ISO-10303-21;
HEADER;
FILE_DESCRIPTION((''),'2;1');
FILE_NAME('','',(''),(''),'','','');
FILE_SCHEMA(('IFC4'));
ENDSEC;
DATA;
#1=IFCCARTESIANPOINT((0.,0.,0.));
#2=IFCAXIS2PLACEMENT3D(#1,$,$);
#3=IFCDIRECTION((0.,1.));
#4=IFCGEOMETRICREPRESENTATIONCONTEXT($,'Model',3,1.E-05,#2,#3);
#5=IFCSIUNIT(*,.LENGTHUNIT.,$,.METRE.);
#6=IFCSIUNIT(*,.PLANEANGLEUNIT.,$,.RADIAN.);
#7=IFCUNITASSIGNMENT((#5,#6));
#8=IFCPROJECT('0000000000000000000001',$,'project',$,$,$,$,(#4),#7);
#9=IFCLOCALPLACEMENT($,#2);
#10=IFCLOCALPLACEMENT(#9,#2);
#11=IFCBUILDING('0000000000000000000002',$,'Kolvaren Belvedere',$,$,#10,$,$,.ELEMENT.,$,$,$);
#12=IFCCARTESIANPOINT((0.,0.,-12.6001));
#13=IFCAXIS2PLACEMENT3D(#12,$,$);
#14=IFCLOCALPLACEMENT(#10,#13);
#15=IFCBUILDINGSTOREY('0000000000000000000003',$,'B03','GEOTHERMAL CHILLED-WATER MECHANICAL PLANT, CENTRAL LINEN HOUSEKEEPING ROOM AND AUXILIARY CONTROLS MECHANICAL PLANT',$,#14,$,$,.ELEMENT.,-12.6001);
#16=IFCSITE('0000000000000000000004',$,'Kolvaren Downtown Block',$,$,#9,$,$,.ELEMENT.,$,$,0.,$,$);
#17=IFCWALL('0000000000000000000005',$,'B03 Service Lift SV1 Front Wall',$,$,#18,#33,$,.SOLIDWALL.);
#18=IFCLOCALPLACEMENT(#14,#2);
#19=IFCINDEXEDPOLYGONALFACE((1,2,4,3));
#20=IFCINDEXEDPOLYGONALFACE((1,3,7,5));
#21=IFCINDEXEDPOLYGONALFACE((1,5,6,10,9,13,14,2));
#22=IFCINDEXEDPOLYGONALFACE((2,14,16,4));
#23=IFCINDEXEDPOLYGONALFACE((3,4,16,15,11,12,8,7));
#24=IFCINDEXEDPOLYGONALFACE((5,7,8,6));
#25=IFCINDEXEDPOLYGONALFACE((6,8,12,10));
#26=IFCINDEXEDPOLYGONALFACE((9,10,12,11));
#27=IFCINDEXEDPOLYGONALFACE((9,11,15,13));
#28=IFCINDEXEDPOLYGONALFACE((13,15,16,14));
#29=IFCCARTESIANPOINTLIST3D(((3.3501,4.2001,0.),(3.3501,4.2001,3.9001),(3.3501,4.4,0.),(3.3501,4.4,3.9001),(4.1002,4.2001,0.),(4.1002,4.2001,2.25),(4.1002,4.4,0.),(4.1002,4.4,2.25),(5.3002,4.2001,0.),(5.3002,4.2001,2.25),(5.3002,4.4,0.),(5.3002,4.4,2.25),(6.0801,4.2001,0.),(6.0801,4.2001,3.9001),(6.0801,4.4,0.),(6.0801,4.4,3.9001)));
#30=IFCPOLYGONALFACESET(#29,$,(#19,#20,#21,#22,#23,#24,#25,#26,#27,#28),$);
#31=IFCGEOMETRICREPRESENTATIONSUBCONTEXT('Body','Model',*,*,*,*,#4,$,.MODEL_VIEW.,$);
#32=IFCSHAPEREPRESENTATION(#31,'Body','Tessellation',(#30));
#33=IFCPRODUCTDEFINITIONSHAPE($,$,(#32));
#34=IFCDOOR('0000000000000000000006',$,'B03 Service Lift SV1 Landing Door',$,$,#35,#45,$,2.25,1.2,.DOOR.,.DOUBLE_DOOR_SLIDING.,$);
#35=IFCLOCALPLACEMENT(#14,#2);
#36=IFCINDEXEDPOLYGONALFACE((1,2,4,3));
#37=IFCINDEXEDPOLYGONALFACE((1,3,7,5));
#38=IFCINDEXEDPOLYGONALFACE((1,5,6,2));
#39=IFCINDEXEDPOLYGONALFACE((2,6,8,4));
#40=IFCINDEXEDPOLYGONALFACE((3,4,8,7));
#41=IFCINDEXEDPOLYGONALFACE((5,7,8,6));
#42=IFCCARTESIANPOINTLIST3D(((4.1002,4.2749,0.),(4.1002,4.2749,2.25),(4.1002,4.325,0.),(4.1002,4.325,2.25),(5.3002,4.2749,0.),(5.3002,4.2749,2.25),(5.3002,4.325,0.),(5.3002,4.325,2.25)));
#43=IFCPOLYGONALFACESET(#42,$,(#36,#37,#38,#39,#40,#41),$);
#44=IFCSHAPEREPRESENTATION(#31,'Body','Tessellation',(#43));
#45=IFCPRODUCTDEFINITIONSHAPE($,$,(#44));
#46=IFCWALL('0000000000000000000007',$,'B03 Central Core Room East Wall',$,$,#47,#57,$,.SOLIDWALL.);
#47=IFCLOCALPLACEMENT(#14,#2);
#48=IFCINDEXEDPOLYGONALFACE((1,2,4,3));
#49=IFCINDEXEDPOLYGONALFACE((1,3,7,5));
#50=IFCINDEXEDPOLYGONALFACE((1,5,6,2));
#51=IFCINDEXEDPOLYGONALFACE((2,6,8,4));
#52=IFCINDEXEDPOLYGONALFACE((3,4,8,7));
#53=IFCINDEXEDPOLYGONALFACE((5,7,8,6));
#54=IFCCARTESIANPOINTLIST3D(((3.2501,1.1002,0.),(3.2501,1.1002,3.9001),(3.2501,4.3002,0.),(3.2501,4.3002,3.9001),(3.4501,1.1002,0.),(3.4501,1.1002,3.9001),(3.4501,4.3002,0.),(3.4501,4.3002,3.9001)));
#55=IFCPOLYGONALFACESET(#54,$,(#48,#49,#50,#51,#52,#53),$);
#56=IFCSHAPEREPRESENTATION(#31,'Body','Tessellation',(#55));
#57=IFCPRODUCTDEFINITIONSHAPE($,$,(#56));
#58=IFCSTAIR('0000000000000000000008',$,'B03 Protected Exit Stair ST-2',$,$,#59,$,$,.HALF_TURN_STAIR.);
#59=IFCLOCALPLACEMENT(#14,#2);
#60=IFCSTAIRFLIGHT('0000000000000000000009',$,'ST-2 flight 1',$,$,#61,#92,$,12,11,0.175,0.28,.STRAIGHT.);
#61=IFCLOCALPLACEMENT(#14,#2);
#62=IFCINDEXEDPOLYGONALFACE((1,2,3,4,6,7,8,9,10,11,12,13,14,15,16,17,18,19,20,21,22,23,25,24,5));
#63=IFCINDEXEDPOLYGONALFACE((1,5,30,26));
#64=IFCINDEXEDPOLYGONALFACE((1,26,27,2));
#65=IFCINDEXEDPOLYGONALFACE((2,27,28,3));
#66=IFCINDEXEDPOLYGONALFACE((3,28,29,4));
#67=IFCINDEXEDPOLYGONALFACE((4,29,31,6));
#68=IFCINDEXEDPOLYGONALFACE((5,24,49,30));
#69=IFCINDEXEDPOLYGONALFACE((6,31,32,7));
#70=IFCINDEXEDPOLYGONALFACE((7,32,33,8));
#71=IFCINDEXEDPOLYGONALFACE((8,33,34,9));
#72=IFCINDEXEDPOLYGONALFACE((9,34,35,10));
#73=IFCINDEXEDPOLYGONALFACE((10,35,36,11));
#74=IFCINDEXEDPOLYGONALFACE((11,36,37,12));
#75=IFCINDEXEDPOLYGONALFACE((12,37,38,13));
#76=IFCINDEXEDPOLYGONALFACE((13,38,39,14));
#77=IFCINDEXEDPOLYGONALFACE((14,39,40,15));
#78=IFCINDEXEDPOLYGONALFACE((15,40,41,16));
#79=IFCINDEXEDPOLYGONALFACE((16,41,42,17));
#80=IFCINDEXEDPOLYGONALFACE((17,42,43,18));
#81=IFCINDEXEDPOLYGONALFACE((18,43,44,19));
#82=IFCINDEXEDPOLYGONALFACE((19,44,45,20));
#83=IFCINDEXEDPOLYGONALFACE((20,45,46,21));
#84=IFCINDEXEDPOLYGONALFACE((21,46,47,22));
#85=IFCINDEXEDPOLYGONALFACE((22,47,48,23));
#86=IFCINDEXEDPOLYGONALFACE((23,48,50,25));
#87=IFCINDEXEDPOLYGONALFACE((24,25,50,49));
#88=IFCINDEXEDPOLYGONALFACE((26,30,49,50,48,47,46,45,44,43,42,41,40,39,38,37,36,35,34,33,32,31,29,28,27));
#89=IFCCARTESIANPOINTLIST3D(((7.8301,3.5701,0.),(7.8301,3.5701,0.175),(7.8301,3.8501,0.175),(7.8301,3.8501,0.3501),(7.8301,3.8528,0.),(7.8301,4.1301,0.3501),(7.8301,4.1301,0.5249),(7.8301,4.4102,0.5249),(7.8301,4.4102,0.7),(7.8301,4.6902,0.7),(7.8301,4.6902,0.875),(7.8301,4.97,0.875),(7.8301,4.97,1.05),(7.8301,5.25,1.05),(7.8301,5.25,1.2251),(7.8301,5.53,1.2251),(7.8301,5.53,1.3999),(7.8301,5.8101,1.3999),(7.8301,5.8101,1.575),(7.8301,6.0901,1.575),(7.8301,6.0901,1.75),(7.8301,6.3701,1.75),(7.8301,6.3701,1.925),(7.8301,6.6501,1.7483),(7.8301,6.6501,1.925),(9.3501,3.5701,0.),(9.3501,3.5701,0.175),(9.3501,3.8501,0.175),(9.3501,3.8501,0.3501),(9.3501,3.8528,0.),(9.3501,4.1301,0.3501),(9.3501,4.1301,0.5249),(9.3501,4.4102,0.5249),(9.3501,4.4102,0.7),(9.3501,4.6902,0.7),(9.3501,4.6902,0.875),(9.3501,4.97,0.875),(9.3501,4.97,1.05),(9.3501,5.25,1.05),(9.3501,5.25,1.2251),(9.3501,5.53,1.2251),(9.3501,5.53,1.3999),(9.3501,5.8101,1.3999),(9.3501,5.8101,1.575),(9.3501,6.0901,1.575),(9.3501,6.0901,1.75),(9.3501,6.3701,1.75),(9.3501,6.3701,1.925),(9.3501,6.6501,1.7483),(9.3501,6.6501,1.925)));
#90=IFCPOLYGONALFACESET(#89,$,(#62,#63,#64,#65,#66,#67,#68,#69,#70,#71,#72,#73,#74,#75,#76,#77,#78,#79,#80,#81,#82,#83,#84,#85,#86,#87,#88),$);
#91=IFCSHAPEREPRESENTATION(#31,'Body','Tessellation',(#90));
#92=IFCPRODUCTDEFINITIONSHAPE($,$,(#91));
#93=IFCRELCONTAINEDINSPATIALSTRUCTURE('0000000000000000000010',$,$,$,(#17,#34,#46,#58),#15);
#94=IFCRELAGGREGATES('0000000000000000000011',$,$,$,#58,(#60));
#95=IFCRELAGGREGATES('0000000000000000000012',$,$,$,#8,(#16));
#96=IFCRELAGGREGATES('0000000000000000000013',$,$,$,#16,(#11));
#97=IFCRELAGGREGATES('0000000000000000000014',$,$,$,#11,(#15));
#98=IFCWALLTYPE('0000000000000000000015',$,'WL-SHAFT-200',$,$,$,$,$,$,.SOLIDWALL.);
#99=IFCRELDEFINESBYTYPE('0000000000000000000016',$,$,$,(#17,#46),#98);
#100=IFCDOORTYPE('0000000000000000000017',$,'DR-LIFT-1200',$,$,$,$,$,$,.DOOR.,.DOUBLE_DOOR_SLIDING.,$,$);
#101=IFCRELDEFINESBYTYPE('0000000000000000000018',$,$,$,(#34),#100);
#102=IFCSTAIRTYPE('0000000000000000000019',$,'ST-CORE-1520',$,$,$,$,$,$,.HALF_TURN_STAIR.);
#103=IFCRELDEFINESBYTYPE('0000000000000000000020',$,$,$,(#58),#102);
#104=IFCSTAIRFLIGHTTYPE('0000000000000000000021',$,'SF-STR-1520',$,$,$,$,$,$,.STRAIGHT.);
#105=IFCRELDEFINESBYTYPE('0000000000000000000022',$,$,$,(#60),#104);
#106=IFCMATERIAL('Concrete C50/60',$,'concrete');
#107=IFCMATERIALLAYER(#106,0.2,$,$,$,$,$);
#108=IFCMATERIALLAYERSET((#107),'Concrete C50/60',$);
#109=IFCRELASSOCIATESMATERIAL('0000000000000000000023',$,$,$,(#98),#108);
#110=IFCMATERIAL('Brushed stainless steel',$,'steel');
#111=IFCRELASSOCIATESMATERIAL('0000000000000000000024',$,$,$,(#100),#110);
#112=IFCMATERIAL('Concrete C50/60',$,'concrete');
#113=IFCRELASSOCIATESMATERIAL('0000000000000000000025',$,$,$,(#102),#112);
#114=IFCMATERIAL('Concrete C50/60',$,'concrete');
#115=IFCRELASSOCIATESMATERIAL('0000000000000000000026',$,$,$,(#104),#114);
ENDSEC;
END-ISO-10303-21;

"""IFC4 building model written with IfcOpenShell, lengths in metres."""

from ifc_helpers import new_model, si_unit, direction, frame, frame_2d, origin, place, context, subcontext, project, spatial, polyline, rectangle, outline, extrude, material, layer, layer_set, type_object, element, fill, aggregate, save


model = new_model("IFC4")

# Units and contexts
model_context = context("Model", 3, precision=1e-05, world=origin(), true_north=direction((0.0, 1.0)))
body_context = subcontext(model_context, "Body", "Model", "MODEL_VIEW")
ifc_project = project(units=[si_unit("LENGTHUNIT", "METRE"), si_unit("PLANEANGLEUNIT", "RADIAN")], contexts=[model_context])

# Site, building, storey
site_placement = place(None, origin())
site = spatial("IfcSite", under=ifc_project, at=site_placement, Name="Kolvaren Downtown Block", CompositionType="ELEMENT", RefElevation=0.0)
building_placement = place(site_placement, origin())
building = spatial("IfcBuilding", under=site, at=building_placement, Name="Kolvaren Belvedere", CompositionType="ELEMENT")
storey_placement = place(building_placement, frame((0.0, 0.0, -12.6001)))
storey = spatial("IfcBuildingStorey", under=building, at=storey_placement, Name="B03", Description="GEOTHERMAL CHILLED-WATER MECHANICAL PLANT, CENTRAL LINEN HOUSEKEEPING ROOM AND AUXILIARY CONTROLS MECHANICAL PLANT", CompositionType="ELEMENT", Elevation=-12.6001)

# Shared definitions
ifc_material_1 = material(Name="Concrete C50/60", Category="concrete")
ifc_layer_1 = layer(ifc_material_1, 0.2)
ifc_layer_set_1 = layer_set([ifc_layer_1], Name="Concrete C50/60")
wall_type_1 = type_object("IfcWallType", Name="WL-SHAFT-200", PredefinedType="SOLIDWALL", material=ifc_layer_set_1)

# Wall, opening, door
wall_1_placement = place(storey_placement, frame((3.3501, 4.3, 0.0), z_axis=(0.0, 0.0, 1.0), x_axis=(1.0, 0.0, 0.0)))
wall_1 = element("IfcWall", 1, at=wall_1_placement, inside=storey, type_object=wall_type_1, Name="B03 Service Lift SV1 Front Wall", PredefinedType="SOLIDWALL", context=body_context, shape_type="SweptSolid", body=[
    extrude(rectangle(XDim=2.73, YDim=0.2, at=frame_2d((1.365, 0.0))), origin(), (0.0, 0.0, 1.0), 3.9001),
])
opening_1_placement = place(wall_1_placement, frame((0.75, 0.0, 0.0)))
opening_1 = element("IfcOpeningElement", 2, at=opening_1_placement, cuts=wall_1, PredefinedType="OPENING", context=body_context, shape_type="SweptSolid", body=[
    extrude(rectangle(XDim=1.2, YDim=2.25, at=frame_2d((0.6001, 1.125))), frame((0.0, 0.1099, 0.0), z_axis=(0.0, -1.0, 0.0), x_axis=(1.0, 0.0, 0.0)), (0.0, 0.0, 1.0), 0.22),
])
ifc_material_2 = material(Name="Brushed stainless steel", Category="steel")
door_type_1 = type_object("IfcDoorType", Name="DR-LIFT-1200", OperationType="DOUBLE_DOOR_SLIDING", PredefinedType="DOOR", material=ifc_material_2)
door_1_placement = place(opening_1_placement, origin())
door_1 = element("IfcDoor", 3, at=door_1_placement, inside=storey, type_object=door_type_1, Name="B03 Service Lift SV1 Landing Door", OperationType="DOUBLE_DOOR_SLIDING", OverallHeight=2.25, OverallWidth=1.2, PredefinedType="DOOR", context=body_context, shape_type="SweptSolid", body=[
    extrude(rectangle(XDim=1.2, YDim=2.25, at=frame_2d((0.6001, 1.125))), frame((0.0, 0.0249, 0.0), z_axis=(0.0, -1.0, 0.0), x_axis=(1.0, 0.0, 0.0)), (0.0, 0.0, 1.0), 0.05),
])
fill(opening_1, door_1)

# Wall
wall_2_placement = place(storey_placement, frame((3.3501, 1.1001, 0.0), z_axis=(0.0, 0.0, 1.0), x_axis=(0.0, 1.0, 0.0)))
element("IfcWall", 4, at=wall_2_placement, inside=storey, type_object=wall_type_1, Name="B03 Central Core Room East Wall", PredefinedType="SOLIDWALL", context=body_context, shape_type="SweptSolid", body=[
    extrude(rectangle(XDim=3.2, YDim=0.2, at=frame_2d((1.6001, 0.0))), origin(), (0.0, 0.0, 1.0), 3.9001),
])

# Stair, stair flight
ifc_material_3 = material(Name="Concrete C50/60", Category="concrete")
stair_type = type_object("IfcStairType", Name="ST-CORE-1520", PredefinedType="HALF_TURN_STAIR", material=ifc_material_3)
stair_placement = place(storey_placement, origin())
stair = element("IfcStair", 5, at=stair_placement, inside=storey, type_object=stair_type, Name="B03 Protected Exit Stair ST-2", PredefinedType="HALF_TURN_STAIR")
ifc_material_4 = material(Name="Concrete C50/60", Category="concrete")
stair_flight_type = type_object("IfcStairFlightType", Name="SF-STR-1520", PredefinedType="STRAIGHT", material=ifc_material_4)
stair_flight_placement = place(storey_placement, frame((8.5901, 3.5701, 0.0), z_axis=(0.0, 0.0, 1.0), x_axis=(0.0, 1.0, 0.0)))
stair_flight = element("IfcStairFlight", 6, at=stair_flight_placement, type_object=stair_flight_type, Name="ST-2 flight 1", NumberOfRisers=12, NumberOfTreads=11, PredefinedType="STRAIGHT", RiserHeight=0.175, TreadLength=0.28, context=body_context, shape_type="SweptSolid", body=[
    extrude(outline(polyline([(0.0, 0.0), (0.0, 0.175), (0.28, 0.175), (0.28, 0.3501), (0.5601, 0.3501), (0.5601, 0.5249), (0.8401, 0.5249), (0.8401, 0.7), (1.1201, 0.7), (1.1201, 0.875), (1.3999, 0.875), (1.3999, 1.05), (1.6799, 1.05), (1.6799, 1.2251), (1.96, 1.2251), (1.96, 1.3999), (2.24, 1.3999), (2.24, 1.575), (2.52, 1.575), (2.52, 1.75), (2.8, 1.75), (2.8, 1.925), (3.0801, 1.925), (3.0801, 2.1001), (3.0801, 1.7483), (0.2827, 0.0), (0.0, 0.0)])), frame((0.0, 0.76, 0.0), z_axis=(0.0, -1.0, 0.0), x_axis=(1.0, 0.0, 0.0)), (0.0, 0.0, 1.0), 1.52),
])
aggregate(stair, [stair_flight])

save(model, "model.ifc")
